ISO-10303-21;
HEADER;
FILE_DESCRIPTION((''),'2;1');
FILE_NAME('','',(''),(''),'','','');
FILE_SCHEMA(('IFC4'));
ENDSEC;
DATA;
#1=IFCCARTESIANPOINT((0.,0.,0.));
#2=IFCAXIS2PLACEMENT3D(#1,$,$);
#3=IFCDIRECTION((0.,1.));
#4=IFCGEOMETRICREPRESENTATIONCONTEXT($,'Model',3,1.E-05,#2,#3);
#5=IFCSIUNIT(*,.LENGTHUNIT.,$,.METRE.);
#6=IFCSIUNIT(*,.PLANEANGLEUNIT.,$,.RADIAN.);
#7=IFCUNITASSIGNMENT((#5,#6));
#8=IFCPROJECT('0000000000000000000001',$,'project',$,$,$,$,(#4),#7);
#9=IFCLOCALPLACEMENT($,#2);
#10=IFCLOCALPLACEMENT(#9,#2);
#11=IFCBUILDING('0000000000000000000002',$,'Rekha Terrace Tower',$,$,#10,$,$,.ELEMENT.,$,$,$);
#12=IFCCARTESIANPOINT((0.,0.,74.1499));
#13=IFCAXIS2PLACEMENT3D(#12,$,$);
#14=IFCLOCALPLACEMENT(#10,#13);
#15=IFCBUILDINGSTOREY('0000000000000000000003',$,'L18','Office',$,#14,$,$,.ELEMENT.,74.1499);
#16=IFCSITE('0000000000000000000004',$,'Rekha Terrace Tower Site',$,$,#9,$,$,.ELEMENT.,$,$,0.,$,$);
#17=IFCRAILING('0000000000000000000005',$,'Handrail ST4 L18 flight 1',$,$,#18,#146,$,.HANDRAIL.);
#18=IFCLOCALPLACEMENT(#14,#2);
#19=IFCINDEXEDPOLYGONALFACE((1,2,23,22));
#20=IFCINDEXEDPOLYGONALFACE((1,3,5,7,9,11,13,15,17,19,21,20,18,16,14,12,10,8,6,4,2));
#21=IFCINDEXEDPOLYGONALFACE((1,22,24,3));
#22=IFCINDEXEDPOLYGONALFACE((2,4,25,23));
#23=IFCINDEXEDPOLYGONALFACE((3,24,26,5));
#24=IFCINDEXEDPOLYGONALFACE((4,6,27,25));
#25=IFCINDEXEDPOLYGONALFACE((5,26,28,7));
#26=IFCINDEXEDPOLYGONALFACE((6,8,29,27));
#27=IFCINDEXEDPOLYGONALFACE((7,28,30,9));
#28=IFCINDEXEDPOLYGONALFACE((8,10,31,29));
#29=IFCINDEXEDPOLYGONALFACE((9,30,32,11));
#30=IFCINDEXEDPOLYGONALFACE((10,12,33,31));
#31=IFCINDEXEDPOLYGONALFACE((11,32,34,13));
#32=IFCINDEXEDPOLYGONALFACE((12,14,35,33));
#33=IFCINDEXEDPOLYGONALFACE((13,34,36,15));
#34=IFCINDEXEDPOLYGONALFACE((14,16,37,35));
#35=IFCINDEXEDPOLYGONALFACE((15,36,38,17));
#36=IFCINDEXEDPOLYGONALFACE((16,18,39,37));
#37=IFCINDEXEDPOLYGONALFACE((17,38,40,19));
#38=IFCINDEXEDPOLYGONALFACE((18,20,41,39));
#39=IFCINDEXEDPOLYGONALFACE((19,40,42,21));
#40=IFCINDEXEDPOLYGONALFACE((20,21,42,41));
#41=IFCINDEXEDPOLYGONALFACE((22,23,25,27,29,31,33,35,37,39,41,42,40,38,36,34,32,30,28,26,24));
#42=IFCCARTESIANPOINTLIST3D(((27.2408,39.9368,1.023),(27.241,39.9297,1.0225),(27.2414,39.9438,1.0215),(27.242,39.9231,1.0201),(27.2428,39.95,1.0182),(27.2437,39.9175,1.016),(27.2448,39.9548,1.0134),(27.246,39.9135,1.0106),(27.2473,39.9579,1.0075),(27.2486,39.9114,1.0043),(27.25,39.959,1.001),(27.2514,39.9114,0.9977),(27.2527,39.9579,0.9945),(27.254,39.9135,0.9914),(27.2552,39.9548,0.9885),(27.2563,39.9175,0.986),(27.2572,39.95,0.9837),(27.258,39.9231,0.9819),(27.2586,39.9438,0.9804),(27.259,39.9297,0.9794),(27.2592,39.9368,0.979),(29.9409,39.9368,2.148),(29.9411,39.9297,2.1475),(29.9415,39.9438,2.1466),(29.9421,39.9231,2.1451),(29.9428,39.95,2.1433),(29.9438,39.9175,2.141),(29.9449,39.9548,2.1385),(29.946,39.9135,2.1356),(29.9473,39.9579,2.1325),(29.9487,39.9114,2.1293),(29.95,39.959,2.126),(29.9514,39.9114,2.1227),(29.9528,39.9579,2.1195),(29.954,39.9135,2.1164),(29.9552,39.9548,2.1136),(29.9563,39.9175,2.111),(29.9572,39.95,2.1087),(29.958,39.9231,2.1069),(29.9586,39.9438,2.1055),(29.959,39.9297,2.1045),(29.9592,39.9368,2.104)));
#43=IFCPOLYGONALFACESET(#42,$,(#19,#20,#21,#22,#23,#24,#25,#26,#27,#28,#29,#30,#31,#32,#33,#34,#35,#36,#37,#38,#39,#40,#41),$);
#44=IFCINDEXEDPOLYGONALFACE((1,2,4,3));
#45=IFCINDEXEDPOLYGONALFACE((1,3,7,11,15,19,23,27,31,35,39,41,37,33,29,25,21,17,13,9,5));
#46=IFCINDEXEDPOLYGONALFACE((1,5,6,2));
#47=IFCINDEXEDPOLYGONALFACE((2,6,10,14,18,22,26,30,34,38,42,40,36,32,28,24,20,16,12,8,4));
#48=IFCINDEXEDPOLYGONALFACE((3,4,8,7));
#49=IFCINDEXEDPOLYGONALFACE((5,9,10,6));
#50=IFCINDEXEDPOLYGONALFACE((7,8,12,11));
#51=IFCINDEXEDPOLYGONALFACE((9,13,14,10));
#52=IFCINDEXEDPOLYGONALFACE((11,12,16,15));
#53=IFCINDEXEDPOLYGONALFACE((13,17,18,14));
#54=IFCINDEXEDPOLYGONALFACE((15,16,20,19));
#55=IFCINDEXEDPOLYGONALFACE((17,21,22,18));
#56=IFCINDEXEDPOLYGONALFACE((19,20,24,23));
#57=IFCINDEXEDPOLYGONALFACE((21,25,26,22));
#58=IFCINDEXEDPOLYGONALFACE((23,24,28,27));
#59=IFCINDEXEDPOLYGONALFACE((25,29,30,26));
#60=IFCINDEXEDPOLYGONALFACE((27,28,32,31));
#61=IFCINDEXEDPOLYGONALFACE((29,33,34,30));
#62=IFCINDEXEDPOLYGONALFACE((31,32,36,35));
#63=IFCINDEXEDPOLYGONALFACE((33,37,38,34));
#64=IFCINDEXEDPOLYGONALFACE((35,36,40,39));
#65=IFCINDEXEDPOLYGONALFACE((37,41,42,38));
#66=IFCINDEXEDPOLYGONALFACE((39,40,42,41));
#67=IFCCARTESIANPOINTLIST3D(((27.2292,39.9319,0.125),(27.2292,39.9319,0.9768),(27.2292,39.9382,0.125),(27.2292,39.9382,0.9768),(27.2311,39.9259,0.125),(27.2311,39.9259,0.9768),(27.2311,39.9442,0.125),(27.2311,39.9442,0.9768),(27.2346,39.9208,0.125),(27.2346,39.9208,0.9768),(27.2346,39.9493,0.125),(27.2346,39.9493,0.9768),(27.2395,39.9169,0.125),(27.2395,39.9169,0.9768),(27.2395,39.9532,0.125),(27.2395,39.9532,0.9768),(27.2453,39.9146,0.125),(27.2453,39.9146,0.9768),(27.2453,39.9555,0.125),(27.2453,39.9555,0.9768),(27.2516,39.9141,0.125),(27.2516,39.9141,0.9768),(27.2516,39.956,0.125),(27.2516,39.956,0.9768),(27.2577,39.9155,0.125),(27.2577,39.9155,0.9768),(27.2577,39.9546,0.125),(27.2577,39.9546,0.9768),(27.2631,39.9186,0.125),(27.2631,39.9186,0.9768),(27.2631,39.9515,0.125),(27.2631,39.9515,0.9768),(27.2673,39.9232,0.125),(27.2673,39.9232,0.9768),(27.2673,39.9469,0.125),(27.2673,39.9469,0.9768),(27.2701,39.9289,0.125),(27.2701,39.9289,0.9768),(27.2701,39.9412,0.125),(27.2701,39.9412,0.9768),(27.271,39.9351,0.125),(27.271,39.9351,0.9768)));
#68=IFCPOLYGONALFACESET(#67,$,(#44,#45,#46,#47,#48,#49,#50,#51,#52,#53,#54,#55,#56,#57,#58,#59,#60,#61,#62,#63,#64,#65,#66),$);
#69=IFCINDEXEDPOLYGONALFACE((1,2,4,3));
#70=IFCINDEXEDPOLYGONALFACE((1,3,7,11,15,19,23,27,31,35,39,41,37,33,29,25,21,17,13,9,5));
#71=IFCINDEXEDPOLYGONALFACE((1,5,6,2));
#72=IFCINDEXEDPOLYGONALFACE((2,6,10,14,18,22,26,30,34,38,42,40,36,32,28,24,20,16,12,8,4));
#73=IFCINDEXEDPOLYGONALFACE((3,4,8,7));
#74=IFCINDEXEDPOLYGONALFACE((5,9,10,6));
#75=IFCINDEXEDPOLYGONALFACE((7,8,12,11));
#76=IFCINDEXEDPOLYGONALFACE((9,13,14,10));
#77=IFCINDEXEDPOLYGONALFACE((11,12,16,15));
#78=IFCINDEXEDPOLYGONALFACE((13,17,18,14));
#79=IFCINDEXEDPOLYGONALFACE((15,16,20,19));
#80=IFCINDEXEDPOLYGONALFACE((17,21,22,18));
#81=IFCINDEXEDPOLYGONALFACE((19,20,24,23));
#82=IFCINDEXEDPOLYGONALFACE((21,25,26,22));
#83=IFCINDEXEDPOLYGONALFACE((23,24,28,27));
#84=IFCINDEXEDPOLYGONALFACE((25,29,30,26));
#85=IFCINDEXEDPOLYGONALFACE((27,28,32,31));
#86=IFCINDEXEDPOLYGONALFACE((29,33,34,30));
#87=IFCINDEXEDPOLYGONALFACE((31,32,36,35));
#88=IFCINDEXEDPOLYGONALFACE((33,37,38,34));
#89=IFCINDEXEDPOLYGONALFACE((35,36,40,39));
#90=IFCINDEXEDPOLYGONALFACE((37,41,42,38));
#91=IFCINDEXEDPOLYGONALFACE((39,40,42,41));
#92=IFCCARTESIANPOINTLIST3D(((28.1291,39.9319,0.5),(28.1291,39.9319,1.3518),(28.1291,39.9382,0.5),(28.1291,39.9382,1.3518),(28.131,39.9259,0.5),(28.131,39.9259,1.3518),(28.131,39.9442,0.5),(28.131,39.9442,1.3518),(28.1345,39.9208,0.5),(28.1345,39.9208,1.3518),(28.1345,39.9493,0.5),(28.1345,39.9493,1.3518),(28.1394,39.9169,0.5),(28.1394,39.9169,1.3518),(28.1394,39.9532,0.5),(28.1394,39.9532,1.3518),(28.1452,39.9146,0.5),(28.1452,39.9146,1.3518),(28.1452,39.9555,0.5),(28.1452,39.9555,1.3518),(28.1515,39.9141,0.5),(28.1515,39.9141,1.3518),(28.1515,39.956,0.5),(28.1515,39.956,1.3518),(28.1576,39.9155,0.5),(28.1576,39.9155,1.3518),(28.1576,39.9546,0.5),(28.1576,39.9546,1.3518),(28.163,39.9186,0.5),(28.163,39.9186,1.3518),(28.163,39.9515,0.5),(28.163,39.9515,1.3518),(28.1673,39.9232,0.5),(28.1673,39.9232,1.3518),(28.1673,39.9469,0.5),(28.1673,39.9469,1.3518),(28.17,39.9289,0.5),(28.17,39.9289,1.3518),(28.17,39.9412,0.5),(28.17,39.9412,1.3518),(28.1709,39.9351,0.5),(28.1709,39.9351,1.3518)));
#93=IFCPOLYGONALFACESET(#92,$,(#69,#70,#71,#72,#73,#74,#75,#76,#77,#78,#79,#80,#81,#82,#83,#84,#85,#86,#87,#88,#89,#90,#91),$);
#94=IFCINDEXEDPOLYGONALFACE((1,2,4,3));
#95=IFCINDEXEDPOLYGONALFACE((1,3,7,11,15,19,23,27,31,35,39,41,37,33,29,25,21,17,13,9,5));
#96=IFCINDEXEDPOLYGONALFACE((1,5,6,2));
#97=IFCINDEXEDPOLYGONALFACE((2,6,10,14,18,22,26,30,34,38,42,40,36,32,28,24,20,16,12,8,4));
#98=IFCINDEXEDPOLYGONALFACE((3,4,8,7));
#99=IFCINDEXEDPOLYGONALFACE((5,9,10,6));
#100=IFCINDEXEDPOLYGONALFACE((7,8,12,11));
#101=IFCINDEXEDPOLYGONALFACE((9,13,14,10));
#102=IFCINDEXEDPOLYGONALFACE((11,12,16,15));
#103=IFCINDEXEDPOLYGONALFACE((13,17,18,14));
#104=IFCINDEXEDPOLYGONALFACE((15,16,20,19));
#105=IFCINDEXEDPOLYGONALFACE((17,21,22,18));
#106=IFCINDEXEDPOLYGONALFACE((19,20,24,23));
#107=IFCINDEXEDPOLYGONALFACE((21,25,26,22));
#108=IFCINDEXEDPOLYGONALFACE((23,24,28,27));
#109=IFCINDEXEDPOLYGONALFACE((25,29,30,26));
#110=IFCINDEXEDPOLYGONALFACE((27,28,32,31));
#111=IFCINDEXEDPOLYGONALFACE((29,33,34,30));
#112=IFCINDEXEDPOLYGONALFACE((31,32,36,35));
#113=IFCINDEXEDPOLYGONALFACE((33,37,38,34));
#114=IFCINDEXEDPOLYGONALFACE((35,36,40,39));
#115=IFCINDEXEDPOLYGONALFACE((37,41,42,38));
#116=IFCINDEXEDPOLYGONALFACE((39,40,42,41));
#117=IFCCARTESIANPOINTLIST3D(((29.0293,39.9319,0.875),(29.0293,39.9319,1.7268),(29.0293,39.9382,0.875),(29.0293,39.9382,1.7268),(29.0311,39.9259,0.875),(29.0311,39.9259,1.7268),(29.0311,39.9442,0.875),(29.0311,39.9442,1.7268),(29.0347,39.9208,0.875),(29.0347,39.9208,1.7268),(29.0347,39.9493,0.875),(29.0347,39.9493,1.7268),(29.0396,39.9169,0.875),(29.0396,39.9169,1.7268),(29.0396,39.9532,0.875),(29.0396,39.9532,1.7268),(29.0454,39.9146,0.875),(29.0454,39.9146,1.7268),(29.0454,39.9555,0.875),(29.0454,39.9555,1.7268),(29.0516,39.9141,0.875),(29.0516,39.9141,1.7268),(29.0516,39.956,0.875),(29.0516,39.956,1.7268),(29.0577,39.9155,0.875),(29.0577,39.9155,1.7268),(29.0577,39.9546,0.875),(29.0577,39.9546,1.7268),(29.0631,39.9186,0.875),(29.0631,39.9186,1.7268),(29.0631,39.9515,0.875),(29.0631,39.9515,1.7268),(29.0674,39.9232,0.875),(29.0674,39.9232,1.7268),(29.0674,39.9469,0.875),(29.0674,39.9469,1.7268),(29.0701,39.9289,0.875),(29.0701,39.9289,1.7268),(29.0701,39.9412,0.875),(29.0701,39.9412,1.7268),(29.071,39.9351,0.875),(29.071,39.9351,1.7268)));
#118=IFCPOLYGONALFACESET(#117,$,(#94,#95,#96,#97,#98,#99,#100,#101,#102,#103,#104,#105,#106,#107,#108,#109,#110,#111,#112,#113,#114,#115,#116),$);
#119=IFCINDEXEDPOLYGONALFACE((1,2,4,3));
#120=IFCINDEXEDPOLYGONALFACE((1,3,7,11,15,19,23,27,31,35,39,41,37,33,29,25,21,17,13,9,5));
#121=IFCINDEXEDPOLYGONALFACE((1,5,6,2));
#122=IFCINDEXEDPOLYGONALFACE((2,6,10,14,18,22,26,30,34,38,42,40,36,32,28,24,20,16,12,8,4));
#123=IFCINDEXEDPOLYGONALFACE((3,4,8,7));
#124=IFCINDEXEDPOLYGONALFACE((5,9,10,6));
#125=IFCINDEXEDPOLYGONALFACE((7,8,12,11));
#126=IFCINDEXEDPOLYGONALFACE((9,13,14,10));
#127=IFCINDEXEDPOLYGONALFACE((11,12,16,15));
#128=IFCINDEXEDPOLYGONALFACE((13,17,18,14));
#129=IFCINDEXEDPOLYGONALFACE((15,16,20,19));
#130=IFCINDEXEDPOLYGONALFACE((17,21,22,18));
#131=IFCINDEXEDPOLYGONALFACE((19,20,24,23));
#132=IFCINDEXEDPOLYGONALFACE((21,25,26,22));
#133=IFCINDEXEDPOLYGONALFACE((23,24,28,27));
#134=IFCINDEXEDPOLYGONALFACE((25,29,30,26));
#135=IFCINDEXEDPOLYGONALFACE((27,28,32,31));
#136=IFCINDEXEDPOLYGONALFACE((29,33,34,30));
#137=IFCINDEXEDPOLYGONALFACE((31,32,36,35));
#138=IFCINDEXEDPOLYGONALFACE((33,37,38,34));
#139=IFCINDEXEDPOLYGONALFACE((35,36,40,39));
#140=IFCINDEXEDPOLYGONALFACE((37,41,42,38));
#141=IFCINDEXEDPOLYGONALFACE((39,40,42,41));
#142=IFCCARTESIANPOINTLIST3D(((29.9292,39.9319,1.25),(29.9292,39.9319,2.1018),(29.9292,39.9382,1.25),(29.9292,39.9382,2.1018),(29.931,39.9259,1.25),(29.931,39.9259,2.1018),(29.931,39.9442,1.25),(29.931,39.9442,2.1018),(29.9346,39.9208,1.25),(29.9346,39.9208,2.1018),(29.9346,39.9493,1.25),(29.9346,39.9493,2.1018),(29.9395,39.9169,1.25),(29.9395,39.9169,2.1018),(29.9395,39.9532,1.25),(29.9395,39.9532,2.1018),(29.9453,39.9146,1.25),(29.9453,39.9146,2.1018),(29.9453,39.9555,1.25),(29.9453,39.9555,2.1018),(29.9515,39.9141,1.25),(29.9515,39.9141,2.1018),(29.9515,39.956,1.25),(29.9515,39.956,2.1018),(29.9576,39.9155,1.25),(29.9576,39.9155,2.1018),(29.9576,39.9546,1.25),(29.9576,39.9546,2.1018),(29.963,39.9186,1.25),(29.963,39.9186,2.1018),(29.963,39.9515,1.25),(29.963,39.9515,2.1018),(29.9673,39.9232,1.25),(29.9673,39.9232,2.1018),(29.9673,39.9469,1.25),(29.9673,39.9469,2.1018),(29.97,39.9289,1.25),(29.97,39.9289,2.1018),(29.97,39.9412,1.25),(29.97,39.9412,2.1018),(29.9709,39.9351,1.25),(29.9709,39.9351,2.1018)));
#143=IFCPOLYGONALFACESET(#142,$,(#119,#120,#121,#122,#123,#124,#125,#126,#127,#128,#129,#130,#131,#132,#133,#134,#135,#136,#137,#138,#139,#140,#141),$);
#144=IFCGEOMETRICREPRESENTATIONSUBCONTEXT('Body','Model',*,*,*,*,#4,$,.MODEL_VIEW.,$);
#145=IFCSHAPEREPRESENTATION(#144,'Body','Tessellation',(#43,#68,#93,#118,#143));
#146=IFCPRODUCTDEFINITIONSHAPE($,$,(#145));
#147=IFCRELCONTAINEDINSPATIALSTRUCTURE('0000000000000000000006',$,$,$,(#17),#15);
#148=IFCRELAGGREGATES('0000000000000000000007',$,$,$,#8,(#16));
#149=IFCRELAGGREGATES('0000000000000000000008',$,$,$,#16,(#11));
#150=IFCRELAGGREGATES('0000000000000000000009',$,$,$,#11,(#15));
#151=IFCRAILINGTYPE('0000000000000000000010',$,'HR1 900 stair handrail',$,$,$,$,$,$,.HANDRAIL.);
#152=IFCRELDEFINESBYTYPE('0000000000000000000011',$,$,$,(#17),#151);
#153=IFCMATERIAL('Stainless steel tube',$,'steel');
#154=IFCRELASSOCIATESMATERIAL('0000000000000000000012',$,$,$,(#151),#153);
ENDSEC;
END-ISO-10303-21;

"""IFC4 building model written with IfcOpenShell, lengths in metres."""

from ifc_helpers import new_model, si_unit, direction, frame, origin, origin_2d, place, context, subcontext, project, spatial, circle, extrude, material, type_object, element, save


model = new_model("IFC4")

# Units and contexts
model_context = context("Model", 3, precision=1e-05, world=origin(), true_north=direction((0.0, 1.0)))
body_context = subcontext(model_context, "Body", "Model", "MODEL_VIEW")
ifc_project = project(units=[si_unit("LENGTHUNIT", "METRE"), si_unit("PLANEANGLEUNIT", "RADIAN")], contexts=[model_context])

# Site, building, storey
site_placement = place(None, origin())
site = spatial("IfcSite", under=ifc_project, at=site_placement, Name="Rekha Terrace Tower Site", CompositionType="ELEMENT", RefElevation=0.0)
building_placement = place(site_placement, origin())
building = spatial("IfcBuilding", under=site, at=building_placement, Name="Rekha Terrace Tower", CompositionType="ELEMENT")
storey_placement = place(building_placement, frame((0.0, 0.0, 74.1499)))
storey = spatial("IfcBuildingStorey", under=building, at=storey_placement, Name="L18", Description="Office", CompositionType="ELEMENT", Elevation=74.1499)

# Railing
ifc_material_1 = material(Name="Stainless steel tube", Category="steel")
railing_type_1 = type_object("IfcRailingType", Name="HR1 900 stair handrail", PredefinedType="HANDRAIL", material=ifc_material_1)
railing_1_placement = place(storey_placement, frame((27.25, 39.9351, 0.125)))
element("IfcRailing", 1, at=railing_1_placement, inside=storey, type_object=railing_type_1, Name="Handrail ST4 L18 flight 1", PredefinedType="HANDRAIL", context=body_context, shape_type="SweptSolid", body=[
    extrude(circle(Radius=0.0239, at=origin_2d()), frame((0.0, 0.0, 0.876), z_axis=(0.923074, 0.0, 0.384621), x_axis=(0.0, 1.0, 0.0)), (0.0, 0.0, 1.0), 2.925),
    extrude(circle(Radius=0.021, at=origin_2d()), origin(), (0.0, 0.0, 1.0), 0.8518),
    extrude(circle(Radius=0.021, at=origin_2d()), frame((0.8999, 0.0, 0.375)), (0.0, 0.0, 1.0), 0.8518),
    extrude(circle(Radius=0.021, at=origin_2d()), frame((1.8, 0.0, 0.75)), (0.0, 0.0, 1.0), 0.8518),
    extrude(circle(Radius=0.021, at=origin_2d()), frame((2.7, 0.0, 1.125)), (0.0, 0.0, 1.0), 0.8518),
])

save(model, "model.ifc")
